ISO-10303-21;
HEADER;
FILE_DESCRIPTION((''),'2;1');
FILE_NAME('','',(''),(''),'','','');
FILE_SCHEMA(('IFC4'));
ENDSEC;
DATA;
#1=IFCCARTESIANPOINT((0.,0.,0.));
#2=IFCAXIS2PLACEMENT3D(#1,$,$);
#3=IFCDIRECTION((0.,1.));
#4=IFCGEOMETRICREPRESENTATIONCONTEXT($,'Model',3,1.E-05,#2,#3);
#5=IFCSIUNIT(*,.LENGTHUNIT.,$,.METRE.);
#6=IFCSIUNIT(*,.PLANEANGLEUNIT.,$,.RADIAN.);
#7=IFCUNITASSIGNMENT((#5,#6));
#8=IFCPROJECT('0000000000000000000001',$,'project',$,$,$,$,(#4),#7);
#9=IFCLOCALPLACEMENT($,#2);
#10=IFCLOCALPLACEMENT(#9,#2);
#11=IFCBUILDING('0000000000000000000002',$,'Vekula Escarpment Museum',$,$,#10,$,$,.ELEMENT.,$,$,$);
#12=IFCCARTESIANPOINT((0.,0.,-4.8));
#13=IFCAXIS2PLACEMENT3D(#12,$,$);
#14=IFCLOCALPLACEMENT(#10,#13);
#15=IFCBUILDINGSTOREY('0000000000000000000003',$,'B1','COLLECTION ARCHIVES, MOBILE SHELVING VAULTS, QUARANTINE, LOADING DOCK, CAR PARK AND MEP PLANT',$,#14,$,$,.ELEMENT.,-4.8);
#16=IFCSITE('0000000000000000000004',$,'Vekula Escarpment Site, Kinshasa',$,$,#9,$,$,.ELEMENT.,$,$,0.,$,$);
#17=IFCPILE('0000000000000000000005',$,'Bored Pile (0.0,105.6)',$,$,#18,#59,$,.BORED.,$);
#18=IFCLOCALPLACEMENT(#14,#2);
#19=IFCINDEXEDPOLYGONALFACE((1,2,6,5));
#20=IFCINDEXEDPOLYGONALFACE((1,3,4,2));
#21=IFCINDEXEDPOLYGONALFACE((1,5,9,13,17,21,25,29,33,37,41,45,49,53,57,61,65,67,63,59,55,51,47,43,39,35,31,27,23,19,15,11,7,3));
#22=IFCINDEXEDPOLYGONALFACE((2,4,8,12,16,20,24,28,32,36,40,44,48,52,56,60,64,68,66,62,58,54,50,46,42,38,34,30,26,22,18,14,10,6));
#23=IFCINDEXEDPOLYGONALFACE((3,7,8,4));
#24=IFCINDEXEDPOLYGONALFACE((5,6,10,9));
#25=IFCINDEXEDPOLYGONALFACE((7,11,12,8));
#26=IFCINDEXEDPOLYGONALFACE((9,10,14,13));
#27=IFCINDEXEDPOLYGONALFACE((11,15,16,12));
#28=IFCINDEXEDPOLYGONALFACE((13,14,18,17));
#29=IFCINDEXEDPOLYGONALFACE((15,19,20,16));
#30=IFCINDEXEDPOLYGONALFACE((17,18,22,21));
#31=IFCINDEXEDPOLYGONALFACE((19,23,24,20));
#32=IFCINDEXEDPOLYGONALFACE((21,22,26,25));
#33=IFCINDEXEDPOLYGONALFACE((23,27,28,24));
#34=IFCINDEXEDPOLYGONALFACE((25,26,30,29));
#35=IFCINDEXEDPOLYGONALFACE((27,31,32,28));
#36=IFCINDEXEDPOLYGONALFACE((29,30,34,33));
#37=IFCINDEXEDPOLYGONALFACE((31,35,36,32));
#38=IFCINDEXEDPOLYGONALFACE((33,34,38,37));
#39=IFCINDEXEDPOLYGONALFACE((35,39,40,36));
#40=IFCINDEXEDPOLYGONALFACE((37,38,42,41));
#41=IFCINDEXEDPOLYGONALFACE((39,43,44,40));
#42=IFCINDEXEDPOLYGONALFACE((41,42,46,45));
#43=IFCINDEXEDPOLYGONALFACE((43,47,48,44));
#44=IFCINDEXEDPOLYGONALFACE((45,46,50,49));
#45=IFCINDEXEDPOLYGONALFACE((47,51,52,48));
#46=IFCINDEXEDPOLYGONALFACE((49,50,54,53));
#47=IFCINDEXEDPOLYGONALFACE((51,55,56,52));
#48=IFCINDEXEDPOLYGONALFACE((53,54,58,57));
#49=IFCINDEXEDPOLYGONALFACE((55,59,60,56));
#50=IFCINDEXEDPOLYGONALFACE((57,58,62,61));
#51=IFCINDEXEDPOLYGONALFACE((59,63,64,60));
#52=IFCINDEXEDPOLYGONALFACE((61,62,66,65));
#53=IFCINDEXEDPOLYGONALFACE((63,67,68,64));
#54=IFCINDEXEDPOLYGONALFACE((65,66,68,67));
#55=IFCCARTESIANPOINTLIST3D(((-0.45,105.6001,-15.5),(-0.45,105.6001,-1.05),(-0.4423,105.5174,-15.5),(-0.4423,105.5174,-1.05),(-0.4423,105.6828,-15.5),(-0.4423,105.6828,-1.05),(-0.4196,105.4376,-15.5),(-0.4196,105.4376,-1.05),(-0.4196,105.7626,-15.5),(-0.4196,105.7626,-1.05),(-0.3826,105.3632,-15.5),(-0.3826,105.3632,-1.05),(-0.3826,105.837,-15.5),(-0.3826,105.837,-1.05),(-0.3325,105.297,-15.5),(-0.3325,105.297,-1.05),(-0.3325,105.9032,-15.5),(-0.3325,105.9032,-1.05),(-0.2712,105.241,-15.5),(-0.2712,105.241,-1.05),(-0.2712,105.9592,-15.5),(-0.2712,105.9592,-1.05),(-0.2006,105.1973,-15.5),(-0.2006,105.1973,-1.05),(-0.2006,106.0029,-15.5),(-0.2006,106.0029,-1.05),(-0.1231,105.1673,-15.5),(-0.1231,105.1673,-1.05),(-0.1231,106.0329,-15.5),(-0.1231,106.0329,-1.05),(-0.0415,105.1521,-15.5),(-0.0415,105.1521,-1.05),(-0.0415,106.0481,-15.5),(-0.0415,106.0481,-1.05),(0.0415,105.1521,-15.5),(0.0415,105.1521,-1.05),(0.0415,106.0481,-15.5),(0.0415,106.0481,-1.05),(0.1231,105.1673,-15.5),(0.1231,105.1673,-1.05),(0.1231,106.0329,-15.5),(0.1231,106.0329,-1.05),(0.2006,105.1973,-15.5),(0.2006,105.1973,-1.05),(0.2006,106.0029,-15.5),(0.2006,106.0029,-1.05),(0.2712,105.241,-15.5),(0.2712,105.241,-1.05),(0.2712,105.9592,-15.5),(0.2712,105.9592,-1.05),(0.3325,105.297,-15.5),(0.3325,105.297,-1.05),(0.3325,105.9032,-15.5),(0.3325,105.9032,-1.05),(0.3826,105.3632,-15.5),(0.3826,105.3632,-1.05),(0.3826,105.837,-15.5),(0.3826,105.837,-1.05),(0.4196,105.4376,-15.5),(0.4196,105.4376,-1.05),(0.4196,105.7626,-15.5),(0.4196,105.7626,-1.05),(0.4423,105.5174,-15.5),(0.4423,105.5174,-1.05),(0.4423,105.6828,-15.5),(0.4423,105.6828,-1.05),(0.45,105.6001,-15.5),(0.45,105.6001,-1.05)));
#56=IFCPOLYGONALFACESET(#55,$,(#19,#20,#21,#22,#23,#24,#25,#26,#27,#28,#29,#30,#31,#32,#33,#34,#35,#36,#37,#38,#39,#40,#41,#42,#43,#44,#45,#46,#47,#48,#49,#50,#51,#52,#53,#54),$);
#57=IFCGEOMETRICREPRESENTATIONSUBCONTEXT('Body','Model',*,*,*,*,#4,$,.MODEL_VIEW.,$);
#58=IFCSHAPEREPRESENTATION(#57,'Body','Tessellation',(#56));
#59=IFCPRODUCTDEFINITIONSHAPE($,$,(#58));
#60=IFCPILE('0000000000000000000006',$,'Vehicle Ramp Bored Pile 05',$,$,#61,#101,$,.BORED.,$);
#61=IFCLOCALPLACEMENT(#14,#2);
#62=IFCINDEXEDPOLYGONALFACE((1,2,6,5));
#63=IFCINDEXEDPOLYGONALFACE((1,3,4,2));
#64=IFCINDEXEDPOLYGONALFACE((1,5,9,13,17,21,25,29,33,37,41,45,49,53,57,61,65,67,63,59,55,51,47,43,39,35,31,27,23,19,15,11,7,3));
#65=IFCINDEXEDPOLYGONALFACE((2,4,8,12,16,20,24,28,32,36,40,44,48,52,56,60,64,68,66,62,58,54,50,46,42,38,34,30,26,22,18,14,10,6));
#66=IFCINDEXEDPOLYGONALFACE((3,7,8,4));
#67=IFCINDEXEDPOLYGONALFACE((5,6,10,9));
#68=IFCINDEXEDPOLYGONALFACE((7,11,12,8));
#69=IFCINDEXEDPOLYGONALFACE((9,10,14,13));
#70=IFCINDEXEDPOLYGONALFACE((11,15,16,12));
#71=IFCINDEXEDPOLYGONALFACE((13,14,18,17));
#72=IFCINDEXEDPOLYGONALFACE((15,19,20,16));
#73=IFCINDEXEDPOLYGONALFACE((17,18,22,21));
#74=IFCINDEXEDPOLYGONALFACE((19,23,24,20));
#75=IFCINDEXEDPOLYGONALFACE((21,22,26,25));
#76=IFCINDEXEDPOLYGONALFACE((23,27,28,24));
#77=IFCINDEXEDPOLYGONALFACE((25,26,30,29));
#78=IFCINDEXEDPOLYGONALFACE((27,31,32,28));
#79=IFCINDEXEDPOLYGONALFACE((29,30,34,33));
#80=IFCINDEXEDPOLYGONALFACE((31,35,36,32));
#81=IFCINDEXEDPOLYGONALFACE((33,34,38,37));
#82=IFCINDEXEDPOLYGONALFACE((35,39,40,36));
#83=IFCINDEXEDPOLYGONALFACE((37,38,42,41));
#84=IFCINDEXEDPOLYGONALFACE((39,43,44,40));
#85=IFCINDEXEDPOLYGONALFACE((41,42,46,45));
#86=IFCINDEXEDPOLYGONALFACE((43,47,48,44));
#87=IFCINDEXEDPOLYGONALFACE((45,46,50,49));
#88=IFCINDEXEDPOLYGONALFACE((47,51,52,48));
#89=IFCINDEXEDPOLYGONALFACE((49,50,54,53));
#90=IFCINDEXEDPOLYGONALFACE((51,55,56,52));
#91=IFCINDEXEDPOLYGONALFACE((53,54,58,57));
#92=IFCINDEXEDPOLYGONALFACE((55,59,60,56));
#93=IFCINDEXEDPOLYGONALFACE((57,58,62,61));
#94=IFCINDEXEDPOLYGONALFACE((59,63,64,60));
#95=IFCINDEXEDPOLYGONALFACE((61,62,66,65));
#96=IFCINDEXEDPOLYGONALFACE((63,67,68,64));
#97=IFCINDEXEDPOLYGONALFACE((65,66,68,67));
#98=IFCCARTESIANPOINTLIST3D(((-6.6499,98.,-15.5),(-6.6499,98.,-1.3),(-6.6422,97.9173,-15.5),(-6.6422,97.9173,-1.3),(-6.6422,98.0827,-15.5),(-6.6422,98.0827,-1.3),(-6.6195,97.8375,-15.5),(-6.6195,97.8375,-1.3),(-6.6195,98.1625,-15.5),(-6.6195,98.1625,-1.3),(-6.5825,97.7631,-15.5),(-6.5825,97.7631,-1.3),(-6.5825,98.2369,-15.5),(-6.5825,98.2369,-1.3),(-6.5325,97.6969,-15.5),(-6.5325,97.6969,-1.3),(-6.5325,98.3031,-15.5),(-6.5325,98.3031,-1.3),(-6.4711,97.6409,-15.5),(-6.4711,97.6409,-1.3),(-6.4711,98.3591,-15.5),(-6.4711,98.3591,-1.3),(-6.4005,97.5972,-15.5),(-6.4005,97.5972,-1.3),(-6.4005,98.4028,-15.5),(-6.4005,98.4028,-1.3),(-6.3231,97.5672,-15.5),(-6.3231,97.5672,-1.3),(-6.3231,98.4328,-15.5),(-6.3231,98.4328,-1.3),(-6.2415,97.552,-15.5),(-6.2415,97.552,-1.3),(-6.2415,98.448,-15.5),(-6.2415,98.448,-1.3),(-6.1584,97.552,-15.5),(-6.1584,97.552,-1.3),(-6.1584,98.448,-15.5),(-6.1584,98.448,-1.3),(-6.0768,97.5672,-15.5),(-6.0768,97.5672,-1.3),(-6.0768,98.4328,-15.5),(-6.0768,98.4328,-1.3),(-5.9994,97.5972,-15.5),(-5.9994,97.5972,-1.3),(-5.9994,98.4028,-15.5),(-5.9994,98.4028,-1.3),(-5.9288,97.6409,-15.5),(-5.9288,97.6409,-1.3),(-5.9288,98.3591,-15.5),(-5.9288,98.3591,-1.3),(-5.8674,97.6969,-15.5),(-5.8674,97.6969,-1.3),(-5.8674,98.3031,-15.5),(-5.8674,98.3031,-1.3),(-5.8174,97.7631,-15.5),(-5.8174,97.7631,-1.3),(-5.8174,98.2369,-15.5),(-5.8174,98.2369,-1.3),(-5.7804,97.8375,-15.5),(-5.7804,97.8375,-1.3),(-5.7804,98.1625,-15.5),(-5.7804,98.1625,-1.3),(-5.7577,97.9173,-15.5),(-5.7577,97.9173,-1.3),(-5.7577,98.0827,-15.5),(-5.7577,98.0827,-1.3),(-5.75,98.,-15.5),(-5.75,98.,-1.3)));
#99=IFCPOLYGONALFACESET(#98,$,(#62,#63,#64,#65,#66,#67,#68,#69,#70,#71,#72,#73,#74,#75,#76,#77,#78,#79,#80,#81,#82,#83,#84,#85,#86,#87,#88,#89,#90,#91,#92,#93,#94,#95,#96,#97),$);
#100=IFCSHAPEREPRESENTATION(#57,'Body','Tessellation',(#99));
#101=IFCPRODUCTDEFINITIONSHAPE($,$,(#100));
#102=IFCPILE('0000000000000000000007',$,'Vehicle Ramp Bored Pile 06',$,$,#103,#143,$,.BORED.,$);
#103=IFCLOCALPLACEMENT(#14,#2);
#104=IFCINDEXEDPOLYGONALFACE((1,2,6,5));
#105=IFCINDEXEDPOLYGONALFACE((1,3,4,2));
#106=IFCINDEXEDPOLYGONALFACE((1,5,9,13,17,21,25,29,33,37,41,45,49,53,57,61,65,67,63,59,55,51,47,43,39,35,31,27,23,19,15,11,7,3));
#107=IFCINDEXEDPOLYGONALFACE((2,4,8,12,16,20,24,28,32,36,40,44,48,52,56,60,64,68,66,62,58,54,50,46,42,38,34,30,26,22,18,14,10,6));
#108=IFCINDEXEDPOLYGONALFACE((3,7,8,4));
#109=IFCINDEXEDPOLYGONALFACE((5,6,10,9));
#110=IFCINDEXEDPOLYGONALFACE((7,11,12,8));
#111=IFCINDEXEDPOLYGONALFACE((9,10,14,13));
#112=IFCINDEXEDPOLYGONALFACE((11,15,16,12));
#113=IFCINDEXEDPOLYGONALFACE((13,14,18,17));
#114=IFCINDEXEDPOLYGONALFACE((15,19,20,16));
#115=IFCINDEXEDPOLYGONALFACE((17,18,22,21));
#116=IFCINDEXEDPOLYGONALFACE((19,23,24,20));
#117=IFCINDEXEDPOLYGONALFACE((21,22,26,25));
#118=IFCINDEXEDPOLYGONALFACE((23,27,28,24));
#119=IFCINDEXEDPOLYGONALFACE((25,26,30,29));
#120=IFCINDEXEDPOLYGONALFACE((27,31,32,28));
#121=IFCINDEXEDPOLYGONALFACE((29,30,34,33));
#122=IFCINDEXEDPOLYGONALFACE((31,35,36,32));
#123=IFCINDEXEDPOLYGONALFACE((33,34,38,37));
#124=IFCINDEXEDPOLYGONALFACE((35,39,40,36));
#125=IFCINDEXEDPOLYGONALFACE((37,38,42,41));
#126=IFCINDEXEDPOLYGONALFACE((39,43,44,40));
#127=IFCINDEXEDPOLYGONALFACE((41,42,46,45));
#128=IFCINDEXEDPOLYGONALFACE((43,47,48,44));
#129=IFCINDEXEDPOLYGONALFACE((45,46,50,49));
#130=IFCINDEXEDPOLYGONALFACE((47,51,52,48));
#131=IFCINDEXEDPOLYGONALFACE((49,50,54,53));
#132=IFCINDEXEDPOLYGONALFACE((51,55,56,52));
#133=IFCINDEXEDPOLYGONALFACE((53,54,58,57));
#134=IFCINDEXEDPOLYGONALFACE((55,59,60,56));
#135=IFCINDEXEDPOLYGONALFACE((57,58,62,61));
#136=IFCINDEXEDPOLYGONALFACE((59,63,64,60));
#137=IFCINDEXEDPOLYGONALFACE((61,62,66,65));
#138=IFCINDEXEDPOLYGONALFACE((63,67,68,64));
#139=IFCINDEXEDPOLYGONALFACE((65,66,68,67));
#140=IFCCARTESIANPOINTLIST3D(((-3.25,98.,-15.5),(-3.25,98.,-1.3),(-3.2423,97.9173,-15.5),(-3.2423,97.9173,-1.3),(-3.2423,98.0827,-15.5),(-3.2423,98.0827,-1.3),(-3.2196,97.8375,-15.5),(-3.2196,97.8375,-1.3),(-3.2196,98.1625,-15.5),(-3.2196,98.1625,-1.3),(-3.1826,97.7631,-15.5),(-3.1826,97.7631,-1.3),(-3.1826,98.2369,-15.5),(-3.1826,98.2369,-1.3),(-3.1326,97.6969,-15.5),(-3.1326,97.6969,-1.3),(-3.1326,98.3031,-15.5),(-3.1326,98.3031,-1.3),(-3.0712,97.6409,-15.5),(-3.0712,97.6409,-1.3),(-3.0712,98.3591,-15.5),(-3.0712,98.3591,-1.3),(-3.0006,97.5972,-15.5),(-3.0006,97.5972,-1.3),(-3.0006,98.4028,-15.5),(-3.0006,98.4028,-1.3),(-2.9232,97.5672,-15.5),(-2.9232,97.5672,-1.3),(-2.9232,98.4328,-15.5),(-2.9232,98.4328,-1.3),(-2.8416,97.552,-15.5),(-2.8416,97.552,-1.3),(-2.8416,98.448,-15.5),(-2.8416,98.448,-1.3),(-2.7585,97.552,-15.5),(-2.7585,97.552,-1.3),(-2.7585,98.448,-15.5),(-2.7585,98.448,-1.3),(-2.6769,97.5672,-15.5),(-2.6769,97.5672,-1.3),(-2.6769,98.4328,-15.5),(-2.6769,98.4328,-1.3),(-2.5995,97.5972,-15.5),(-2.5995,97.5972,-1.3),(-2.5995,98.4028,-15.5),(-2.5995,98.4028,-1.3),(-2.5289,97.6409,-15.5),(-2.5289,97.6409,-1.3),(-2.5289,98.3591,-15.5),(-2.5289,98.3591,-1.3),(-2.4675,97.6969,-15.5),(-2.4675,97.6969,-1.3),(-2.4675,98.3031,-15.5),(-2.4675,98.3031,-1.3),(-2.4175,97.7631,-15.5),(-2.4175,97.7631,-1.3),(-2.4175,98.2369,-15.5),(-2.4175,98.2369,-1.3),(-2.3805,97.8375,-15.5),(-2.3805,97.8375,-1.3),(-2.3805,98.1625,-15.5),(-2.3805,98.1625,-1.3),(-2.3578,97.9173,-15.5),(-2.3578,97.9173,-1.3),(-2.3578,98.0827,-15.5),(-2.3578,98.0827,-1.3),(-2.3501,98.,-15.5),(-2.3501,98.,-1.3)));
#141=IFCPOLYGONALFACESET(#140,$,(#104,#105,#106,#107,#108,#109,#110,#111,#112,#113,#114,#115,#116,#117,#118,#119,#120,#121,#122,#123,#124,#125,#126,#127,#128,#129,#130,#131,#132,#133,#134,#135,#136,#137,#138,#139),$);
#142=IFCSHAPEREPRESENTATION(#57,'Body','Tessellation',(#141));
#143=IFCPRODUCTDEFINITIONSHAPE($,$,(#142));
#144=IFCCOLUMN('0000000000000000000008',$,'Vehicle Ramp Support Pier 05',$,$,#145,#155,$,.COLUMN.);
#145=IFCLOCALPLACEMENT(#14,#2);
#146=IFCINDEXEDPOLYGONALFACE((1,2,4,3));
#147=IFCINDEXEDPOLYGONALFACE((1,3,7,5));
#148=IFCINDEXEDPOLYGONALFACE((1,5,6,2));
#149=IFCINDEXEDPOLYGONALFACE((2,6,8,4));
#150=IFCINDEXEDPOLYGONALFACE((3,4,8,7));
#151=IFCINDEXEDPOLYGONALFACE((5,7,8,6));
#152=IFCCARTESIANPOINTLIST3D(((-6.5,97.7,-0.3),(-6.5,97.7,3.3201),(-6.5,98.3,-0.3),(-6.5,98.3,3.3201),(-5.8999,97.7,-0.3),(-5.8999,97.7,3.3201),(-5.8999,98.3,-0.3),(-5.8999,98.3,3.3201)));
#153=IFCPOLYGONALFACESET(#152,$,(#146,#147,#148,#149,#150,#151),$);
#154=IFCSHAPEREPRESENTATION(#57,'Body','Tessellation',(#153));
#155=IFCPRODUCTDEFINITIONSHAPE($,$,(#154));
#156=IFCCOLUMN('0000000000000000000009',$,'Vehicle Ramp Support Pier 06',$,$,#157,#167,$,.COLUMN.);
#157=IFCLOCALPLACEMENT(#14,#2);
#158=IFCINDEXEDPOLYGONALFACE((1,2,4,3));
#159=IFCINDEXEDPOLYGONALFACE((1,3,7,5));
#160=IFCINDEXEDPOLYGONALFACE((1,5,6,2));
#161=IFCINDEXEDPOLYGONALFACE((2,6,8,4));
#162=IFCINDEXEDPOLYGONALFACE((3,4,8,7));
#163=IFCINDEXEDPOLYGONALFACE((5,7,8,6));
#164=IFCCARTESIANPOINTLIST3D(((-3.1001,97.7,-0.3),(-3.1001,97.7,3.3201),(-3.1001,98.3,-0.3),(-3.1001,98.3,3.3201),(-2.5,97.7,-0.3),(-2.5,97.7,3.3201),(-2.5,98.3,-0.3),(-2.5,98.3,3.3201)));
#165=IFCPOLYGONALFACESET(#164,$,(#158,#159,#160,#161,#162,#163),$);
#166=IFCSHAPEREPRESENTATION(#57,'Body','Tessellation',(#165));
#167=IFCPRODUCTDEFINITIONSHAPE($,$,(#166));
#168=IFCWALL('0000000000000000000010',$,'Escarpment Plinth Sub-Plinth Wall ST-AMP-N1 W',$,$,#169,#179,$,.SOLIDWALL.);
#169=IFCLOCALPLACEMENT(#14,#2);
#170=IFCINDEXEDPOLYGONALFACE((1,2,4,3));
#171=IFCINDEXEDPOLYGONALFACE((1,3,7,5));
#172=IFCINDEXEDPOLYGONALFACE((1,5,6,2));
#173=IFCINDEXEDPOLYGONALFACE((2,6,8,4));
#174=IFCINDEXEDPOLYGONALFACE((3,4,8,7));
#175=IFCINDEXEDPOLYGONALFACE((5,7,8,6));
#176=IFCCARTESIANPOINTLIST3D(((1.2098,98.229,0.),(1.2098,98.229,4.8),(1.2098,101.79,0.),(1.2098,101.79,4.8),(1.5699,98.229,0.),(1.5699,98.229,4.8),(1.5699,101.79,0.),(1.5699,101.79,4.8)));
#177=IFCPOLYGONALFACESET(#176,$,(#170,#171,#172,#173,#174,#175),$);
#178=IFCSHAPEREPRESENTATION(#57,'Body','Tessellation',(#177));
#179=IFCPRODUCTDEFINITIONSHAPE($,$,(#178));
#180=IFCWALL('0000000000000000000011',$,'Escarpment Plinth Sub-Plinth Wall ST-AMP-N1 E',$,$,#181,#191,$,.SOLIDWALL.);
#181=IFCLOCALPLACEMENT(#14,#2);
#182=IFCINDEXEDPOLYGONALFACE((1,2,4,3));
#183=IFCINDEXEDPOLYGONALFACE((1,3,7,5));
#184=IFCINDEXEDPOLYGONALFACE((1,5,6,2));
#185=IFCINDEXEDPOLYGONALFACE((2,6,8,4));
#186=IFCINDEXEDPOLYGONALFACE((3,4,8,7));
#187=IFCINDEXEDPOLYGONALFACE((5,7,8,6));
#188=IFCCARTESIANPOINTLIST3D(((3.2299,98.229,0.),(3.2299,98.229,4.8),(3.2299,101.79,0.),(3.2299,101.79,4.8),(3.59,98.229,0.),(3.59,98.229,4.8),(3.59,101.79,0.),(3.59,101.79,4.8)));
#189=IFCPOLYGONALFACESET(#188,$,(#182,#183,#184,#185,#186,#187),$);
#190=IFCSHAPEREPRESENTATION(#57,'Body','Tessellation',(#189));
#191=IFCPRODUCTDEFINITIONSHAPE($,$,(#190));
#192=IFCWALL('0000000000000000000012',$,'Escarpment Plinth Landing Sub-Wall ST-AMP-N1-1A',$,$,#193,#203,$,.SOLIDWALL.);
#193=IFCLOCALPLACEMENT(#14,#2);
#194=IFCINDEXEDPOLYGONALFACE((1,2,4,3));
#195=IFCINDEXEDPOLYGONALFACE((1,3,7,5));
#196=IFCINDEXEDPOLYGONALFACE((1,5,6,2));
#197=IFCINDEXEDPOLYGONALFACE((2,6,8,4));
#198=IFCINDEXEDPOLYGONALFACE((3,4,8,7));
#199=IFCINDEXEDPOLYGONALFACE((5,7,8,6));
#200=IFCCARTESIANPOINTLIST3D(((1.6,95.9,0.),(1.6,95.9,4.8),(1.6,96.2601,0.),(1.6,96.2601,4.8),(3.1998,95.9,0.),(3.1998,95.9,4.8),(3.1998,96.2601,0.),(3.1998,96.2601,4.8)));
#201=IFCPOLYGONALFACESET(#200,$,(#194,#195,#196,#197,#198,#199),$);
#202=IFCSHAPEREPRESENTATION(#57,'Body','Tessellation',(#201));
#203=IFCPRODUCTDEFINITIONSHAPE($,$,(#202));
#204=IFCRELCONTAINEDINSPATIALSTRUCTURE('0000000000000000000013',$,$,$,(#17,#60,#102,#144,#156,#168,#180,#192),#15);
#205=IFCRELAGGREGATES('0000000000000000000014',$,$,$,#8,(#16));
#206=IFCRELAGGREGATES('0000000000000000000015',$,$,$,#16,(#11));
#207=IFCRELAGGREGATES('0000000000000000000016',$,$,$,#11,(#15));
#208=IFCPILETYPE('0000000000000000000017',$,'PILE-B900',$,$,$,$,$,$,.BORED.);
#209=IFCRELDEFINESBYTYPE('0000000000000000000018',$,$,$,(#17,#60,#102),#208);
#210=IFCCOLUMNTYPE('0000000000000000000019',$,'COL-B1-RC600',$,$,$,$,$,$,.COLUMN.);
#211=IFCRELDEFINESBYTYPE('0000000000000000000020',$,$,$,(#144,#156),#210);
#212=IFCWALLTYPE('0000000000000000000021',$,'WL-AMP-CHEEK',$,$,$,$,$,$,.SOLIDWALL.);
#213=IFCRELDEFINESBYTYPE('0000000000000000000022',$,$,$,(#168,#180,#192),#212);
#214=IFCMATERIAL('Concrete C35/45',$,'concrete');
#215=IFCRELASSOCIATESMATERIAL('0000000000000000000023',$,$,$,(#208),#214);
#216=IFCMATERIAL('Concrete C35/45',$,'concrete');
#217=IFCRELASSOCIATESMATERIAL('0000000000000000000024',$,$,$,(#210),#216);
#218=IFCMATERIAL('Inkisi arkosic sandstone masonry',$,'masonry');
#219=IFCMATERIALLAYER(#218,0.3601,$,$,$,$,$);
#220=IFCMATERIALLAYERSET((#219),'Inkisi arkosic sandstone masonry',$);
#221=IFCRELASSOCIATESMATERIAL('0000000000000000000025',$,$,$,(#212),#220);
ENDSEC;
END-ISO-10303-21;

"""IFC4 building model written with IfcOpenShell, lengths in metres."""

from ifc_helpers import new_model, si_unit, direction, frame, frame_2d, origin, origin_2d, place, context, subcontext, project, spatial, rectangle, circle, extrude, material, layer, layer_set, material_profile, profile_set, type_object, element, save


model = new_model("IFC4")

# Units and contexts
model_context = context("Model", 3, precision=1e-05, world=origin(), true_north=direction((0.0, 1.0)))
body_context = subcontext(model_context, "Body", "Model", "MODEL_VIEW")
ifc_project = project(units=[si_unit("LENGTHUNIT", "METRE"), si_unit("PLANEANGLEUNIT", "RADIAN")], contexts=[model_context])

# Site, building, storey
site_placement = place(None, origin())
site = spatial("IfcSite", under=ifc_project, at=site_placement, Name="Vekula Escarpment Site, Kinshasa", CompositionType="ELEMENT", RefElevation=0.0)
building_placement = place(site_placement, origin())
building = spatial("IfcBuilding", under=site, at=building_placement, Name="Vekula Escarpment Museum", CompositionType="ELEMENT")
storey_placement = place(building_placement, frame((0.0, 0.0, -4.8)))
storey = spatial("IfcBuildingStorey", under=building, at=storey_placement, Name="B1", Description="COLLECTION ARCHIVES, MOBILE SHELVING VAULTS, QUARANTINE, LOADING DOCK, CAR PARK AND MEP PLANT", CompositionType="ELEMENT", Elevation=-4.8)

# Piles
ifc_material_1 = material(Name="Concrete C35/45", Category="concrete")
ifc_material_profile_1 = material_profile(ifc_material_1, circle(Radius=0.45, at=origin_2d()), Name="BORED PILE 900")
ifc_profile_set_1 = profile_set([ifc_material_profile_1], Name="Concrete C35/45")
pile_type = type_object("IfcPileType", Name="PILE-B900", PredefinedType="BORED", material=ifc_profile_set_1)
pile_placement = place(storey_placement, frame((0.0, 105.6001, -1.05), z_axis=(0.0, 0.0, -1.0), x_axis=(1.0, 0.0, 0.0)))
element("IfcPile", 1, at=pile_placement, inside=storey, type_object=pile_type, Name="Bored Pile (0.0,105.6)", PredefinedType="BORED", context=body_context, shape_type="SweptSolid", body=[
    extrude(circle(Radius=0.45, at=origin_2d()), origin(), (0.0, 0.0, 1.0), 14.45),
])
for number, where, z_axis, x_axis, name in (
    (2, (-6.2, 98.0, -1.3), (0.0, 0.0, -1.0), (1.0, 0.0, 0.0), "Vehicle Ramp Bored Pile 05"),
    (3, (-2.8, 98.0, -1.3), (0.0, 0.0, -1.0), (1.0, 0.0, 0.0), "Vehicle Ramp Bored Pile 06"),
):
    element("IfcPile", number, at=place(storey_placement, frame(where, z_axis=z_axis, x_axis=x_axis)), inside=storey, type_object=pile_type, Name=name, PredefinedType="BORED", context=body_context, shape_type="SweptSolid", body=[
        extrude(circle(Radius=0.45, at=origin_2d()), origin(), (0.0, 0.0, 1.0), 14.2),
    ])

# Columns
ifc_material_2 = material(Name="Concrete C35/45", Category="concrete")
ifc_material_profile_2 = material_profile(ifc_material_2, rectangle(XDim=0.6001, YDim=0.6001, at=origin_2d()), Name="RC 600x600")
ifc_profile_set_2 = profile_set([ifc_material_profile_2], Name="Concrete C35/45")
column_type = type_object("IfcColumnType", Name="COL-B1-RC600", PredefinedType="COLUMN", material=ifc_profile_set_2)
for number, where, z_axis, x_axis, name in (
    (4, (-6.2, 98.0, -0.3), (0.0, 0.0, 1.0), (1.0, 0.0, 0.0), "Vehicle Ramp Support Pier 05"),
    (5, (-2.8, 98.0, -0.3), (0.0, 0.0, 1.0), (1.0, 0.0, 0.0), "Vehicle Ramp Support Pier 06"),
):
    element("IfcColumn", number, at=place(storey_placement, frame(where, z_axis=z_axis, x_axis=x_axis)), inside=storey, type_object=column_type, Name=name, PredefinedType="COLUMN", context=body_context, shape_type="SweptSolid", body=[
        extrude(rectangle(XDim=0.6001, YDim=0.6001, at=origin_2d()), origin(), (0.0, 0.0, 1.0), 3.6201),
    ])

# Walls
ifc_material_3 = material(Name="Inkisi arkosic sandstone masonry", Category="masonry")
ifc_layer_1 = layer(ifc_material_3, 0.3601)
ifc_layer_set_1 = layer_set([ifc_layer_1], Name="Inkisi arkosic sandstone masonry")
wall_type_1 = type_object("IfcWallType", Name="WL-AMP-CHEEK", PredefinedType="SOLIDWALL", material=ifc_layer_set_1)
for number, where, z_axis, x_axis, name in (
    (6, (1.3899, 98.229, 0.0), (0.0, 0.0, 1.0), (0.0, 1.0, 0.0), "Escarpment Plinth Sub-Plinth Wall ST-AMP-N1 W"),
    (7, (3.4099, 98.229, 0.0), (0.0, 0.0, 1.0), (0.0, 1.0, 0.0), "Escarpment Plinth Sub-Plinth Wall ST-AMP-N1 E"),
):
    element("IfcWall", number, at=place(storey_placement, frame(where, z_axis=z_axis, x_axis=x_axis)), inside=storey, type_object=wall_type_1, Name=name, PredefinedType="SOLIDWALL", context=body_context, shape_type="SweptSolid", body=[
        extrude(rectangle(XDim=3.561, YDim=0.3601, at=frame_2d((1.7805, 0.0))), origin(), (0.0, 0.0, 1.0), 4.8),
    ])
for number, where, z_axis, x_axis, name in (
    (8, (1.6001, 96.0801, 0.0), (0.0, 0.0, 1.0), (1.0, 0.0, 0.0), "Escarpment Plinth Landing Sub-Wall ST-AMP-N1-1A"),
):
    element("IfcWall", number, at=place(storey_placement, frame(where, z_axis=z_axis, x_axis=x_axis)), inside=storey, type_object=wall_type_1, Name=name, PredefinedType="SOLIDWALL", context=body_context, shape_type="SweptSolid", body=[
        extrude(rectangle(XDim=1.5999, YDim=0.3601, at=frame_2d((0.7998, 0.0))), origin(), (0.0, 0.0, 1.0), 4.8),
    ])

save(model, "model.ifc")
